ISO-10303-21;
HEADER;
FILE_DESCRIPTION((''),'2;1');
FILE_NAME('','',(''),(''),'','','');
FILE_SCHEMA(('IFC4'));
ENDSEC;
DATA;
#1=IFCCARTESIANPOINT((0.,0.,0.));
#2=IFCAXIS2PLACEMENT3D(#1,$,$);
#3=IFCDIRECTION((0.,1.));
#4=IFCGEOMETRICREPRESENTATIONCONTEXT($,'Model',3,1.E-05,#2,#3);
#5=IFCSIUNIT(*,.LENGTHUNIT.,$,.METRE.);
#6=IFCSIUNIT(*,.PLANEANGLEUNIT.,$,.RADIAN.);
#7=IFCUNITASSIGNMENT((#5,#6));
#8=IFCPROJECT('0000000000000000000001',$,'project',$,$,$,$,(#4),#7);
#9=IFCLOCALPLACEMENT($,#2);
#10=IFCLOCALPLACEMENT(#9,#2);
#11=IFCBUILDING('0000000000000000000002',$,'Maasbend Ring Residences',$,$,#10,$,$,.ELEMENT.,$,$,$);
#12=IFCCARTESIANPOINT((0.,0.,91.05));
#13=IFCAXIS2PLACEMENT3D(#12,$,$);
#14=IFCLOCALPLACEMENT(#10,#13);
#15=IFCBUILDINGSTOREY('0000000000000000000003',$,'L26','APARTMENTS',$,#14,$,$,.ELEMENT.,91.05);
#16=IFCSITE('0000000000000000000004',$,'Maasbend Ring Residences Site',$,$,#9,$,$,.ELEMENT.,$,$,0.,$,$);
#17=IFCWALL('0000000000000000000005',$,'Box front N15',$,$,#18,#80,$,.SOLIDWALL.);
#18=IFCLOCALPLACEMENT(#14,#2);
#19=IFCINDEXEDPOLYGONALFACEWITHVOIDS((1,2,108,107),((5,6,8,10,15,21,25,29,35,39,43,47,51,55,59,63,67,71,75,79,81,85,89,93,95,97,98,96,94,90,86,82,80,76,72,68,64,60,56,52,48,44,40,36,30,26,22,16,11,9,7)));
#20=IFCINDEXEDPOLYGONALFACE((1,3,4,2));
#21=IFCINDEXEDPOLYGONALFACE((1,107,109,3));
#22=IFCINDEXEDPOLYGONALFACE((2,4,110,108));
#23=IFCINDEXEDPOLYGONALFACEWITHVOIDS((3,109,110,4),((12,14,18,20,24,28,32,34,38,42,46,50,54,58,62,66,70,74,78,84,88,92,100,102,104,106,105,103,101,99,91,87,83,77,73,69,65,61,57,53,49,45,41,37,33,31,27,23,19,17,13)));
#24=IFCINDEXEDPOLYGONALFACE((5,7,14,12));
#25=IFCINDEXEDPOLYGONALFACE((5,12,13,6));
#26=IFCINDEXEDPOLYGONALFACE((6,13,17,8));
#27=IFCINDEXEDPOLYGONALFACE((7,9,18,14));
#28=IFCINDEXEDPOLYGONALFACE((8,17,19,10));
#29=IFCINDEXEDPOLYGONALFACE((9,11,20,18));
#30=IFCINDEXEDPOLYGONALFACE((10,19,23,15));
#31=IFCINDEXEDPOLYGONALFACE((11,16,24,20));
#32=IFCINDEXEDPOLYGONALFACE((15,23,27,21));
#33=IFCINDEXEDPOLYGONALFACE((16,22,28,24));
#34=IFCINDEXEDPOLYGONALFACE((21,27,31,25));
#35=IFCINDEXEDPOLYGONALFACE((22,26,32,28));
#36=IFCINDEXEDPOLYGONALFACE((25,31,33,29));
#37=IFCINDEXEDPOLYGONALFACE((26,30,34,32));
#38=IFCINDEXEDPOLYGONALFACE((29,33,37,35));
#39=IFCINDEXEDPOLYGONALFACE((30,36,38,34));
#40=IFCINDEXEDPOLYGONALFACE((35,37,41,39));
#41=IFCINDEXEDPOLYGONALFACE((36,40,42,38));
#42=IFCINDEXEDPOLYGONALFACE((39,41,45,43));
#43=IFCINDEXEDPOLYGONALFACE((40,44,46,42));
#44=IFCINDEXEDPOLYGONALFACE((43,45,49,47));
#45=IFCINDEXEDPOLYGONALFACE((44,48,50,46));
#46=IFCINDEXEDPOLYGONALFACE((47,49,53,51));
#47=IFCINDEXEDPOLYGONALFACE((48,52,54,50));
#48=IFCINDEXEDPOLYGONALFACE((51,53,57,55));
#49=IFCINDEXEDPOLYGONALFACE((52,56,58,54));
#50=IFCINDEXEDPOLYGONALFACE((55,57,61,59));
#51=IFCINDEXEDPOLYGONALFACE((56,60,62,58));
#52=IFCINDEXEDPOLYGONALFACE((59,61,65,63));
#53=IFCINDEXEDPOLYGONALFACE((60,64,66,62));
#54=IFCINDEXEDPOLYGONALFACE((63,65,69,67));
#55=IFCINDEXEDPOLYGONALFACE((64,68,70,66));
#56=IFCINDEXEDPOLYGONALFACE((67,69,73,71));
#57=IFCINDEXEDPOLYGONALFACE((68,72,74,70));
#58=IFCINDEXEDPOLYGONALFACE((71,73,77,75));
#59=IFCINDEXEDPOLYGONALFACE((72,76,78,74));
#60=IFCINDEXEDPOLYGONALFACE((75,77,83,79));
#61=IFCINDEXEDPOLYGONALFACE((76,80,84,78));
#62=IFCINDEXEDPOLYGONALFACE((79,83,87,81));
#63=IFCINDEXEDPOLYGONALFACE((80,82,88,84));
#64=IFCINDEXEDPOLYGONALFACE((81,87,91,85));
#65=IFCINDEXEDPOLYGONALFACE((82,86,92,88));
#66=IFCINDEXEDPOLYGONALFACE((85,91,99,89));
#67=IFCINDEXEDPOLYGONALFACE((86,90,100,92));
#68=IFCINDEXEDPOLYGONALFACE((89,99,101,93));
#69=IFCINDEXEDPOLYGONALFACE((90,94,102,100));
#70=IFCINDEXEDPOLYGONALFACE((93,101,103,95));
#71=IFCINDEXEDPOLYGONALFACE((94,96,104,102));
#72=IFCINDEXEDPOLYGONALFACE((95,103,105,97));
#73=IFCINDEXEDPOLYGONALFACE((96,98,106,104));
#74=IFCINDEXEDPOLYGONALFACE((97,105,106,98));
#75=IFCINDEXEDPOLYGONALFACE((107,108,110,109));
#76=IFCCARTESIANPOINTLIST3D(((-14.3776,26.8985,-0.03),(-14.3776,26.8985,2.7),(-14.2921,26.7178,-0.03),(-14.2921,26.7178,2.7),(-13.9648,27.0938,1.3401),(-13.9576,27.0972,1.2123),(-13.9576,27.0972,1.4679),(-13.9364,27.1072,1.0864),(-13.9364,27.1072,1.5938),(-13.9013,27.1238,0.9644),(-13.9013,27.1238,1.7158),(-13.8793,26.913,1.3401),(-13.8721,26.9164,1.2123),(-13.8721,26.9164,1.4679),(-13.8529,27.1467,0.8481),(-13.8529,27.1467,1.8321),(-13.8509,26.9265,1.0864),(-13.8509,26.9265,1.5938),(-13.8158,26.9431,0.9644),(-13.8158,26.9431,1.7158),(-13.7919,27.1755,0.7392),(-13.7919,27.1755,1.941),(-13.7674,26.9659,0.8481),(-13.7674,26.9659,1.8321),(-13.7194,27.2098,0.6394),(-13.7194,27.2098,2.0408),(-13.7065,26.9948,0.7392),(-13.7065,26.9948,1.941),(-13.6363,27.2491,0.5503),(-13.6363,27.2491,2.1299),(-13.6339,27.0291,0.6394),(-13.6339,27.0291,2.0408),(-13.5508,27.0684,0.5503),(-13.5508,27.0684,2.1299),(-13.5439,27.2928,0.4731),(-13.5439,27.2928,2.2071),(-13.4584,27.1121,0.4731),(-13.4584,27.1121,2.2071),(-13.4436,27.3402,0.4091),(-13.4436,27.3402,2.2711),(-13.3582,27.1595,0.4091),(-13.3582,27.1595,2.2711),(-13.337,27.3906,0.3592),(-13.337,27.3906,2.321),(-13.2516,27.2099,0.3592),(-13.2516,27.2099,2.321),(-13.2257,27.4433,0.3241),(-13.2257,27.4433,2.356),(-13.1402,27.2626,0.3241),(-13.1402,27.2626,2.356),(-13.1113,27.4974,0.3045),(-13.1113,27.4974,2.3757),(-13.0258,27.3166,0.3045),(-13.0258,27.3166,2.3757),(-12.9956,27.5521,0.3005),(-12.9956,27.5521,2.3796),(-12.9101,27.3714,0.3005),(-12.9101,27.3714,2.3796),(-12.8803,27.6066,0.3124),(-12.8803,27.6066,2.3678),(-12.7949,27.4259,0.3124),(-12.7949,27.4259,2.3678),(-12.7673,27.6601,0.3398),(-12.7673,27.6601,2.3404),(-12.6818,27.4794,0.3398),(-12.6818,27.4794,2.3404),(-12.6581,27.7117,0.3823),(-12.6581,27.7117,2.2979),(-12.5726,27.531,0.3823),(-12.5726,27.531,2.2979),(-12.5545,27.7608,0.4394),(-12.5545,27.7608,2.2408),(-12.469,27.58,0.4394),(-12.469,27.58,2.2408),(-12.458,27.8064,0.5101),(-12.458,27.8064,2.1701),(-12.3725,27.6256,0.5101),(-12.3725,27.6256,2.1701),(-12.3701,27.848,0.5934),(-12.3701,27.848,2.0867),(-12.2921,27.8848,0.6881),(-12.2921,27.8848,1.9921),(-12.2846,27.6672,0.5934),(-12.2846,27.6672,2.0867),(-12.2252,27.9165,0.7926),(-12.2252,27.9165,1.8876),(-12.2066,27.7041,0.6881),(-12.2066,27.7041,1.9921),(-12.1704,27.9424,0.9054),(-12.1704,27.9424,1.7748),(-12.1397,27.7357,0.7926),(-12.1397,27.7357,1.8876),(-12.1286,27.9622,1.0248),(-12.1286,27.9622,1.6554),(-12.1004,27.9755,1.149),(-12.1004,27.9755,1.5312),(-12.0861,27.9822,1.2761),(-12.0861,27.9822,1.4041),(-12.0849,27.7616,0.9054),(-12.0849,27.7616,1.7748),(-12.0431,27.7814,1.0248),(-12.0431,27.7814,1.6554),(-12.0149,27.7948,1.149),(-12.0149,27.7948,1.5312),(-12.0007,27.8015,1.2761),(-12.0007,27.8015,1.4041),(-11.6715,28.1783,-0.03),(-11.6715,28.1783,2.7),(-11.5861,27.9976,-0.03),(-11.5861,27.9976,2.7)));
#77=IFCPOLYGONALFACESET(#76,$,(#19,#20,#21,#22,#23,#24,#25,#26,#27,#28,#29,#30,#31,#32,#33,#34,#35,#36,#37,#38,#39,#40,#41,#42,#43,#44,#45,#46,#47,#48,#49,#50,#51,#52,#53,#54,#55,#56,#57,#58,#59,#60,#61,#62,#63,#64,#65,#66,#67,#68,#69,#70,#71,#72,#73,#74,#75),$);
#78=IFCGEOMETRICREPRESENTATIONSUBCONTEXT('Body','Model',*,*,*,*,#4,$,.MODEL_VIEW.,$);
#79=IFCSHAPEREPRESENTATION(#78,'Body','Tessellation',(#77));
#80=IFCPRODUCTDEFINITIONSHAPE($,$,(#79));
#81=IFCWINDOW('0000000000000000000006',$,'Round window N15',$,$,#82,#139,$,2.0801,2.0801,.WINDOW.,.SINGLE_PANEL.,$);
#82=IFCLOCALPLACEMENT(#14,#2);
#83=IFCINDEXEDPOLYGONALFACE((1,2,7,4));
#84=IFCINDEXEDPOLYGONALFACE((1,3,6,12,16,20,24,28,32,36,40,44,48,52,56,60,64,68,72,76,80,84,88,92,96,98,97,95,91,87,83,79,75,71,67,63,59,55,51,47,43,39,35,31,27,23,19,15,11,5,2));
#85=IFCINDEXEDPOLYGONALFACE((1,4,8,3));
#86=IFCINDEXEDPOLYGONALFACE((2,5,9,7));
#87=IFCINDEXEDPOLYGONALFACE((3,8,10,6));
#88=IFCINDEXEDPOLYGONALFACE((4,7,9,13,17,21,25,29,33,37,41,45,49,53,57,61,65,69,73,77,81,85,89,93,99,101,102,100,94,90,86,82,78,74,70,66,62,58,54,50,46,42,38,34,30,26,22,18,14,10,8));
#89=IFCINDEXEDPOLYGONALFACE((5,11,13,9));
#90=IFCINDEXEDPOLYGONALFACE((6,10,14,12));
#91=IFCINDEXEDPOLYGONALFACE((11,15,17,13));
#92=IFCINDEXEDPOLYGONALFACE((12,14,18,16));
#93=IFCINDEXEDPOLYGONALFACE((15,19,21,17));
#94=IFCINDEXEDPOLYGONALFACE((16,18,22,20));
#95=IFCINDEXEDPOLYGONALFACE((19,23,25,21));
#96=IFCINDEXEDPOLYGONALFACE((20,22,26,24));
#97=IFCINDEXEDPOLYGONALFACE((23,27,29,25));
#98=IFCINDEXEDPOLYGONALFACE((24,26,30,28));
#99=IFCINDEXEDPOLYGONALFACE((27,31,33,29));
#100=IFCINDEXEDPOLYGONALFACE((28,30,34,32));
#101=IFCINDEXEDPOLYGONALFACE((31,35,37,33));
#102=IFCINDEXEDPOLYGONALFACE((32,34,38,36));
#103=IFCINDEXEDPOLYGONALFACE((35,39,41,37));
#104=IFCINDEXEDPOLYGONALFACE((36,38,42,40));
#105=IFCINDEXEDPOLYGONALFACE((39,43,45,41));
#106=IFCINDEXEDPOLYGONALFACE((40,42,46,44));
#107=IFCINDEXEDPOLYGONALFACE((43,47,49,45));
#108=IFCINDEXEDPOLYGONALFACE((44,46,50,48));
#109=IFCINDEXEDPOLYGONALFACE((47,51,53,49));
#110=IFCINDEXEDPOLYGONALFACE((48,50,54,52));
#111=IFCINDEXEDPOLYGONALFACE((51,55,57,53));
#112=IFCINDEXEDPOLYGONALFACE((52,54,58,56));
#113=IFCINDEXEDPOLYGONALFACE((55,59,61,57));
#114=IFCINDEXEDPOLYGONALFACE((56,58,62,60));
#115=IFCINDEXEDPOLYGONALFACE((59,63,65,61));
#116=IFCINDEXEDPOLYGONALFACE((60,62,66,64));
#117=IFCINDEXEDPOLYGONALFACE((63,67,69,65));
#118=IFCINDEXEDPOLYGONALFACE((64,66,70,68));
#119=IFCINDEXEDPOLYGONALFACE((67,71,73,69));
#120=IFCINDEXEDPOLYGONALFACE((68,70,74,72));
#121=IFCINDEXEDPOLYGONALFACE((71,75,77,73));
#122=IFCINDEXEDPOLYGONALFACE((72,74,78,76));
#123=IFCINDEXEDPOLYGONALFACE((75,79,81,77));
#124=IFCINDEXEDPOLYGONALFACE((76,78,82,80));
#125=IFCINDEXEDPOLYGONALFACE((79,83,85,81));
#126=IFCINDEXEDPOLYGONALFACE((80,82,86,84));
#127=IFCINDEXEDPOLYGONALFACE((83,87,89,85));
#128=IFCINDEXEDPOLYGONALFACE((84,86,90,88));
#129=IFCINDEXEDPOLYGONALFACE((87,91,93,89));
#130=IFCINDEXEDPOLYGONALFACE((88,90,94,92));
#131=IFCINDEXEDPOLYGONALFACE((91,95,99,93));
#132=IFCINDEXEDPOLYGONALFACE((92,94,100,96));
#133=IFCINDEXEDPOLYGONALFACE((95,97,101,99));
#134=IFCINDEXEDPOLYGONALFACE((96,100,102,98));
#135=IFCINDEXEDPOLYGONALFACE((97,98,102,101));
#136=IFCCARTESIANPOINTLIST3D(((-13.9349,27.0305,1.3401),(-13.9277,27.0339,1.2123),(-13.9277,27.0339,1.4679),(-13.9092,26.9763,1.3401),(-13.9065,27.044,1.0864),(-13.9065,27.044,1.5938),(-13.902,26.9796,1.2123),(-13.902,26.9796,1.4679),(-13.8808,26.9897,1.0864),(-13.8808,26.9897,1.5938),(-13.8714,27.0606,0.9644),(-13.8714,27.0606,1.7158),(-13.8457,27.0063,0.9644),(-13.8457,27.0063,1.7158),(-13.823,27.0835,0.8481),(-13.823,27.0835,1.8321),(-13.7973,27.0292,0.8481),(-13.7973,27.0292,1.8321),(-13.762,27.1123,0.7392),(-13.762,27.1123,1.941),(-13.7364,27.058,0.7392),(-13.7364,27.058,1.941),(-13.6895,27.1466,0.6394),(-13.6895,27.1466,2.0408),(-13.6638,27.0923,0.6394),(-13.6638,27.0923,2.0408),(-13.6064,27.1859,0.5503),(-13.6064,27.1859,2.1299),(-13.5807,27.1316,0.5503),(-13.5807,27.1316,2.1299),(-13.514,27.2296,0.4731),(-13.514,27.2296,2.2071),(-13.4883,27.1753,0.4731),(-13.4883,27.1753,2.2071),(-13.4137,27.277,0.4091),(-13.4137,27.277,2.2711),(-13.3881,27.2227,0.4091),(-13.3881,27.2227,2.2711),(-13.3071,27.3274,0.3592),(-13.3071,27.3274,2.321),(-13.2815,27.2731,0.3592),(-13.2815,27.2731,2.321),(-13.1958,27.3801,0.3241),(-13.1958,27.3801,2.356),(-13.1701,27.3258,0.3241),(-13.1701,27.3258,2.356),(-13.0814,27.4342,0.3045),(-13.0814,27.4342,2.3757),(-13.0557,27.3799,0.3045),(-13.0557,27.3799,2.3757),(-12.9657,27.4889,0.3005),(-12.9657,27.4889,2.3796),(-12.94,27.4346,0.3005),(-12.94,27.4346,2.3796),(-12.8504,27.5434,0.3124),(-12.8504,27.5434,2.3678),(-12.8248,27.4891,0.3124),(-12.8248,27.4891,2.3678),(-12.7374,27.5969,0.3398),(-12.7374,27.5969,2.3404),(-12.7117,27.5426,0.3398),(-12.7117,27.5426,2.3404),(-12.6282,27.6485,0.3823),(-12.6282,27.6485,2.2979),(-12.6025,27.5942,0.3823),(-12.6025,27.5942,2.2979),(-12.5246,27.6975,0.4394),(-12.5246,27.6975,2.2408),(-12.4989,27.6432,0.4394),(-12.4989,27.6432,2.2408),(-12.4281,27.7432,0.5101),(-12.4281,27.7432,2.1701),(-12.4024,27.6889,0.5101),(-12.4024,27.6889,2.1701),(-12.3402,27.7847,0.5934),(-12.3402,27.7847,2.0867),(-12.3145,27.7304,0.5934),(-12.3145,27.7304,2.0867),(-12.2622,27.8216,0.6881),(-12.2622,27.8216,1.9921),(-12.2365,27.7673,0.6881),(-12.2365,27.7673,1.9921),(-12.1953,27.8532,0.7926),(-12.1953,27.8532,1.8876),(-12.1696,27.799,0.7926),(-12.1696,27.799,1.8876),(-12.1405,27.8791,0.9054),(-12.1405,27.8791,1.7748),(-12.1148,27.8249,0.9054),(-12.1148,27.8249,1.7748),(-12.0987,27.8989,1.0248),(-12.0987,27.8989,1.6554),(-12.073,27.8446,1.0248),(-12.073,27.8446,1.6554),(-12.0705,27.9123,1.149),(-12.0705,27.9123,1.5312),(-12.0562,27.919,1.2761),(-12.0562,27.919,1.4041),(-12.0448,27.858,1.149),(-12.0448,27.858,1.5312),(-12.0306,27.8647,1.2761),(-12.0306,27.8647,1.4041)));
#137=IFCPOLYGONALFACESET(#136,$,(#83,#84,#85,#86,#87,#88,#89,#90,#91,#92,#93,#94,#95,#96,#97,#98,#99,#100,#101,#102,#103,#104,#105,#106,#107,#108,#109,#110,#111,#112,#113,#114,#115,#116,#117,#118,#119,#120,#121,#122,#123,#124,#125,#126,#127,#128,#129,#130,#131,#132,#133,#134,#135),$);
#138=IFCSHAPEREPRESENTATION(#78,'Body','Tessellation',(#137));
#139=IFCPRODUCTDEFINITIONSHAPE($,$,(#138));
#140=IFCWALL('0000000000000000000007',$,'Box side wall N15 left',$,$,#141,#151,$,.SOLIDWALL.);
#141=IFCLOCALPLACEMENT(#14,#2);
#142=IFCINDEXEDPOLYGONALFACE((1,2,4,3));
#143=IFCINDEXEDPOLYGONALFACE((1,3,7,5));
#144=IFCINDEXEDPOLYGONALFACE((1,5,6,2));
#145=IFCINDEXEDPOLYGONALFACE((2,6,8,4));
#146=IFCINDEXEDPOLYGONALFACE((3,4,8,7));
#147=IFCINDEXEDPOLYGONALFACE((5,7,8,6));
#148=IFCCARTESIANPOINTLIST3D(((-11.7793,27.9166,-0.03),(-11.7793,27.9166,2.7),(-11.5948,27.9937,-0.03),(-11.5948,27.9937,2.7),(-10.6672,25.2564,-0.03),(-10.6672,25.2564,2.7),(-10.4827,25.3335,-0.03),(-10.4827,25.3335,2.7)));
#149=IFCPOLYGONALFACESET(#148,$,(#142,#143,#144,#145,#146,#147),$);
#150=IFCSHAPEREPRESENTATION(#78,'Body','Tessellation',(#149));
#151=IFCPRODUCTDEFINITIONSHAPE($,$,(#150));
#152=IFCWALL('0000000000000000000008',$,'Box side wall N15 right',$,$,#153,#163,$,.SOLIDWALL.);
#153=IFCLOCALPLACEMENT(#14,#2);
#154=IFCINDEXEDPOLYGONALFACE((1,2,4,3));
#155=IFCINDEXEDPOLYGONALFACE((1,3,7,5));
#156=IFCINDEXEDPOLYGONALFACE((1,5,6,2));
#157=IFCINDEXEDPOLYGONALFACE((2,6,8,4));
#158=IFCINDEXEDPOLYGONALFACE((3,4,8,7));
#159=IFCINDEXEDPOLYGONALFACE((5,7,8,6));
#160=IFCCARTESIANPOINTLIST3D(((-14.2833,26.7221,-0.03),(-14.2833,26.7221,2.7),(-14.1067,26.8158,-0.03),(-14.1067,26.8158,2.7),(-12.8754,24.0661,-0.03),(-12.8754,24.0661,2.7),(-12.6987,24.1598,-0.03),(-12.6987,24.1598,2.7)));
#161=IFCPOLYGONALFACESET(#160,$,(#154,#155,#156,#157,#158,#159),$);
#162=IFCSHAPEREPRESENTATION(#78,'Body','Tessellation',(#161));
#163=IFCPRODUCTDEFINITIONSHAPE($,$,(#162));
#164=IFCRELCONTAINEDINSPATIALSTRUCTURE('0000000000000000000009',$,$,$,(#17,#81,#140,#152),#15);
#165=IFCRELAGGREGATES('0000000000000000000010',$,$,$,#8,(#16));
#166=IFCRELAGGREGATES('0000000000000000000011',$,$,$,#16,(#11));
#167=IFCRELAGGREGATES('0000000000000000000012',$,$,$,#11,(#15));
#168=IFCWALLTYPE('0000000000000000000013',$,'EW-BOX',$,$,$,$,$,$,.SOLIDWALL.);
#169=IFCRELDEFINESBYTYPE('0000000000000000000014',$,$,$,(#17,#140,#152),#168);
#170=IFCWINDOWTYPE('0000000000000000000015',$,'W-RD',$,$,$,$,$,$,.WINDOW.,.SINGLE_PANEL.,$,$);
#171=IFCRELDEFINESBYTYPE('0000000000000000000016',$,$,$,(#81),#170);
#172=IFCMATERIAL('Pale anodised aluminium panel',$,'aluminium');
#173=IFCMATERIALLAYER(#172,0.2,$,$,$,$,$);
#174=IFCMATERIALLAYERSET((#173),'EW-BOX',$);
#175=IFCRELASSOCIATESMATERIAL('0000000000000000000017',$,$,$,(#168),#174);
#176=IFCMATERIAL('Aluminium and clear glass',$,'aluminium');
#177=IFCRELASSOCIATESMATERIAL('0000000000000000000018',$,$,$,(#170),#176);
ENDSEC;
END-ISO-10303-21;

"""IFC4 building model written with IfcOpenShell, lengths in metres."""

from ifc_helpers import new_model, si_unit, direction, frame, frame_2d, origin, place, context, subcontext, project, spatial, rectangle, circle, extrude, material, layer, layer_set, type_object, element, fill, save


model = new_model("IFC4")

# Units and contexts
model_context = context("Model", 3, precision=1e-05, world=origin(), true_north=direction((0.0, 1.0)))
body_context = subcontext(model_context, "Body", "Model", "MODEL_VIEW")
ifc_project = project(units=[si_unit("LENGTHUNIT", "METRE"), si_unit("PLANEANGLEUNIT", "RADIAN")], contexts=[model_context])

# Site, building, storey
site_placement = place(None, origin())
site = spatial("IfcSite", under=ifc_project, at=site_placement, Name="Maasbend Ring Residences Site", CompositionType="ELEMENT", RefElevation=0.0)
building_placement = place(site_placement, origin())
building = spatial("IfcBuilding", under=site, at=building_placement, Name="Maasbend Ring Residences", CompositionType="ELEMENT")
storey_placement = place(building_placement, frame((0.0, 0.0, 91.05)))
storey = spatial("IfcBuildingStorey", under=building, at=storey_placement, Name="L26", Description="APARTMENTS", CompositionType="ELEMENT", Elevation=91.05)

# Wall, opening, window
ifc_material_1 = material(Name="Pale anodised aluminium panel", Category="aluminium")
ifc_layer_1 = layer(ifc_material_1, 0.2)
ifc_layer_set_1 = layer_set([ifc_layer_1], Name="EW-BOX")
wall_type_1 = type_object("IfcWallType", Name="EW-BOX", PredefinedType="SOLIDWALL", material=ifc_layer_set_1)
wall_1_placement = place(storey_placement, frame((-11.6289, 28.0879, -0.03), z_axis=(0.0, 0.0, 1.0), x_axis=(-0.904, -0.427532, 0.0)))
wall_1 = element("IfcWall", 1, at=wall_1_placement, inside=storey, type_object=wall_type_1, Name="Box front N15", PredefinedType="SOLIDWALL", context=body_context, shape_type="SweptSolid", body=[
    extrude(rectangle(XDim=2.9934, YDim=0.2, at=frame_2d((1.4966, 0.0))), origin(), (0.0, 0.0, 1.0), 2.73),
])
opening_1_placement = place(wall_1_placement, frame((0.4565, 0.0, 0.3301)))
opening_1 = element("IfcOpeningElement", 2, at=opening_1_placement, cuts=wall_1, PredefinedType="OPENING", context=body_context, shape_type="SweptSolid", body=[
    extrude(circle(Radius=1.04, at=frame_2d((1.04, 1.04))), frame((0.0, 0.1099, 0.0), z_axis=(0.0, -1.0, 0.0), x_axis=(1.0, 0.0, 0.0)), (0.0, 0.0, 1.0), 0.22),
])
ifc_material_2 = material(Name="Aluminium and clear glass", Category="aluminium")
window_type_1 = type_object("IfcWindowType", Name="W-RD", PartitioningType="SINGLE_PANEL", PredefinedType="WINDOW", material=ifc_material_2)
window_1_placement = place(opening_1_placement, origin())
window_1 = element("IfcWindow", 3, at=window_1_placement, inside=storey, type_object=window_type_1, Name="Round window N15", OverallHeight=2.0801, OverallWidth=2.0801, PartitioningType="SINGLE_PANEL", PredefinedType="WINDOW", context=body_context, shape_type="SweptSolid", body=[
    extrude(circle(Radius=1.04, at=frame_2d((1.04, 1.04))), frame((0.0, 0.03, 0.0), z_axis=(0.0, -1.0, 0.0), x_axis=(1.0, 0.0, 0.0)), (0.0, 0.0, 1.0), 0.0601),
])
fill(opening_1, window_1)

# Walls
wall_2_placement = place(storey_placement, frame((-10.575, 25.2949, -0.03), z_axis=(0.0, 0.0, 1.0), x_axis=(-0.385697, 0.922625, 0.0)))
element("IfcWall", 4, at=wall_2_placement, inside=storey, type_object=wall_type_1, Name="Box side wall N15 left", PredefinedType="SOLIDWALL", context=body_context, shape_type="SweptSolid", body=[
    extrude(rectangle(XDim=2.8833, YDim=0.2, at=frame_2d((1.4417, 0.0))), origin(), (0.0, 0.0, 1.0), 2.73),
])
wall_3_placement = place(storey_placement, frame((-12.7871, 24.113, -0.03), z_axis=(0.0, 0.0, 1.0), x_axis=(-0.468365, 0.883535, 0.0)))
element("IfcWall", 5, at=wall_3_placement, inside=storey, type_object=wall_type_1, Name="Box side wall N15 right", PredefinedType="SOLIDWALL", context=body_context, shape_type="SweptSolid", body=[
    extrude(rectangle(XDim=3.0061, YDim=0.2, at=frame_2d((1.5029, 0.0))), origin(), (0.0, 0.0, 1.0), 2.73),
])

save(model, "model.ifc")
